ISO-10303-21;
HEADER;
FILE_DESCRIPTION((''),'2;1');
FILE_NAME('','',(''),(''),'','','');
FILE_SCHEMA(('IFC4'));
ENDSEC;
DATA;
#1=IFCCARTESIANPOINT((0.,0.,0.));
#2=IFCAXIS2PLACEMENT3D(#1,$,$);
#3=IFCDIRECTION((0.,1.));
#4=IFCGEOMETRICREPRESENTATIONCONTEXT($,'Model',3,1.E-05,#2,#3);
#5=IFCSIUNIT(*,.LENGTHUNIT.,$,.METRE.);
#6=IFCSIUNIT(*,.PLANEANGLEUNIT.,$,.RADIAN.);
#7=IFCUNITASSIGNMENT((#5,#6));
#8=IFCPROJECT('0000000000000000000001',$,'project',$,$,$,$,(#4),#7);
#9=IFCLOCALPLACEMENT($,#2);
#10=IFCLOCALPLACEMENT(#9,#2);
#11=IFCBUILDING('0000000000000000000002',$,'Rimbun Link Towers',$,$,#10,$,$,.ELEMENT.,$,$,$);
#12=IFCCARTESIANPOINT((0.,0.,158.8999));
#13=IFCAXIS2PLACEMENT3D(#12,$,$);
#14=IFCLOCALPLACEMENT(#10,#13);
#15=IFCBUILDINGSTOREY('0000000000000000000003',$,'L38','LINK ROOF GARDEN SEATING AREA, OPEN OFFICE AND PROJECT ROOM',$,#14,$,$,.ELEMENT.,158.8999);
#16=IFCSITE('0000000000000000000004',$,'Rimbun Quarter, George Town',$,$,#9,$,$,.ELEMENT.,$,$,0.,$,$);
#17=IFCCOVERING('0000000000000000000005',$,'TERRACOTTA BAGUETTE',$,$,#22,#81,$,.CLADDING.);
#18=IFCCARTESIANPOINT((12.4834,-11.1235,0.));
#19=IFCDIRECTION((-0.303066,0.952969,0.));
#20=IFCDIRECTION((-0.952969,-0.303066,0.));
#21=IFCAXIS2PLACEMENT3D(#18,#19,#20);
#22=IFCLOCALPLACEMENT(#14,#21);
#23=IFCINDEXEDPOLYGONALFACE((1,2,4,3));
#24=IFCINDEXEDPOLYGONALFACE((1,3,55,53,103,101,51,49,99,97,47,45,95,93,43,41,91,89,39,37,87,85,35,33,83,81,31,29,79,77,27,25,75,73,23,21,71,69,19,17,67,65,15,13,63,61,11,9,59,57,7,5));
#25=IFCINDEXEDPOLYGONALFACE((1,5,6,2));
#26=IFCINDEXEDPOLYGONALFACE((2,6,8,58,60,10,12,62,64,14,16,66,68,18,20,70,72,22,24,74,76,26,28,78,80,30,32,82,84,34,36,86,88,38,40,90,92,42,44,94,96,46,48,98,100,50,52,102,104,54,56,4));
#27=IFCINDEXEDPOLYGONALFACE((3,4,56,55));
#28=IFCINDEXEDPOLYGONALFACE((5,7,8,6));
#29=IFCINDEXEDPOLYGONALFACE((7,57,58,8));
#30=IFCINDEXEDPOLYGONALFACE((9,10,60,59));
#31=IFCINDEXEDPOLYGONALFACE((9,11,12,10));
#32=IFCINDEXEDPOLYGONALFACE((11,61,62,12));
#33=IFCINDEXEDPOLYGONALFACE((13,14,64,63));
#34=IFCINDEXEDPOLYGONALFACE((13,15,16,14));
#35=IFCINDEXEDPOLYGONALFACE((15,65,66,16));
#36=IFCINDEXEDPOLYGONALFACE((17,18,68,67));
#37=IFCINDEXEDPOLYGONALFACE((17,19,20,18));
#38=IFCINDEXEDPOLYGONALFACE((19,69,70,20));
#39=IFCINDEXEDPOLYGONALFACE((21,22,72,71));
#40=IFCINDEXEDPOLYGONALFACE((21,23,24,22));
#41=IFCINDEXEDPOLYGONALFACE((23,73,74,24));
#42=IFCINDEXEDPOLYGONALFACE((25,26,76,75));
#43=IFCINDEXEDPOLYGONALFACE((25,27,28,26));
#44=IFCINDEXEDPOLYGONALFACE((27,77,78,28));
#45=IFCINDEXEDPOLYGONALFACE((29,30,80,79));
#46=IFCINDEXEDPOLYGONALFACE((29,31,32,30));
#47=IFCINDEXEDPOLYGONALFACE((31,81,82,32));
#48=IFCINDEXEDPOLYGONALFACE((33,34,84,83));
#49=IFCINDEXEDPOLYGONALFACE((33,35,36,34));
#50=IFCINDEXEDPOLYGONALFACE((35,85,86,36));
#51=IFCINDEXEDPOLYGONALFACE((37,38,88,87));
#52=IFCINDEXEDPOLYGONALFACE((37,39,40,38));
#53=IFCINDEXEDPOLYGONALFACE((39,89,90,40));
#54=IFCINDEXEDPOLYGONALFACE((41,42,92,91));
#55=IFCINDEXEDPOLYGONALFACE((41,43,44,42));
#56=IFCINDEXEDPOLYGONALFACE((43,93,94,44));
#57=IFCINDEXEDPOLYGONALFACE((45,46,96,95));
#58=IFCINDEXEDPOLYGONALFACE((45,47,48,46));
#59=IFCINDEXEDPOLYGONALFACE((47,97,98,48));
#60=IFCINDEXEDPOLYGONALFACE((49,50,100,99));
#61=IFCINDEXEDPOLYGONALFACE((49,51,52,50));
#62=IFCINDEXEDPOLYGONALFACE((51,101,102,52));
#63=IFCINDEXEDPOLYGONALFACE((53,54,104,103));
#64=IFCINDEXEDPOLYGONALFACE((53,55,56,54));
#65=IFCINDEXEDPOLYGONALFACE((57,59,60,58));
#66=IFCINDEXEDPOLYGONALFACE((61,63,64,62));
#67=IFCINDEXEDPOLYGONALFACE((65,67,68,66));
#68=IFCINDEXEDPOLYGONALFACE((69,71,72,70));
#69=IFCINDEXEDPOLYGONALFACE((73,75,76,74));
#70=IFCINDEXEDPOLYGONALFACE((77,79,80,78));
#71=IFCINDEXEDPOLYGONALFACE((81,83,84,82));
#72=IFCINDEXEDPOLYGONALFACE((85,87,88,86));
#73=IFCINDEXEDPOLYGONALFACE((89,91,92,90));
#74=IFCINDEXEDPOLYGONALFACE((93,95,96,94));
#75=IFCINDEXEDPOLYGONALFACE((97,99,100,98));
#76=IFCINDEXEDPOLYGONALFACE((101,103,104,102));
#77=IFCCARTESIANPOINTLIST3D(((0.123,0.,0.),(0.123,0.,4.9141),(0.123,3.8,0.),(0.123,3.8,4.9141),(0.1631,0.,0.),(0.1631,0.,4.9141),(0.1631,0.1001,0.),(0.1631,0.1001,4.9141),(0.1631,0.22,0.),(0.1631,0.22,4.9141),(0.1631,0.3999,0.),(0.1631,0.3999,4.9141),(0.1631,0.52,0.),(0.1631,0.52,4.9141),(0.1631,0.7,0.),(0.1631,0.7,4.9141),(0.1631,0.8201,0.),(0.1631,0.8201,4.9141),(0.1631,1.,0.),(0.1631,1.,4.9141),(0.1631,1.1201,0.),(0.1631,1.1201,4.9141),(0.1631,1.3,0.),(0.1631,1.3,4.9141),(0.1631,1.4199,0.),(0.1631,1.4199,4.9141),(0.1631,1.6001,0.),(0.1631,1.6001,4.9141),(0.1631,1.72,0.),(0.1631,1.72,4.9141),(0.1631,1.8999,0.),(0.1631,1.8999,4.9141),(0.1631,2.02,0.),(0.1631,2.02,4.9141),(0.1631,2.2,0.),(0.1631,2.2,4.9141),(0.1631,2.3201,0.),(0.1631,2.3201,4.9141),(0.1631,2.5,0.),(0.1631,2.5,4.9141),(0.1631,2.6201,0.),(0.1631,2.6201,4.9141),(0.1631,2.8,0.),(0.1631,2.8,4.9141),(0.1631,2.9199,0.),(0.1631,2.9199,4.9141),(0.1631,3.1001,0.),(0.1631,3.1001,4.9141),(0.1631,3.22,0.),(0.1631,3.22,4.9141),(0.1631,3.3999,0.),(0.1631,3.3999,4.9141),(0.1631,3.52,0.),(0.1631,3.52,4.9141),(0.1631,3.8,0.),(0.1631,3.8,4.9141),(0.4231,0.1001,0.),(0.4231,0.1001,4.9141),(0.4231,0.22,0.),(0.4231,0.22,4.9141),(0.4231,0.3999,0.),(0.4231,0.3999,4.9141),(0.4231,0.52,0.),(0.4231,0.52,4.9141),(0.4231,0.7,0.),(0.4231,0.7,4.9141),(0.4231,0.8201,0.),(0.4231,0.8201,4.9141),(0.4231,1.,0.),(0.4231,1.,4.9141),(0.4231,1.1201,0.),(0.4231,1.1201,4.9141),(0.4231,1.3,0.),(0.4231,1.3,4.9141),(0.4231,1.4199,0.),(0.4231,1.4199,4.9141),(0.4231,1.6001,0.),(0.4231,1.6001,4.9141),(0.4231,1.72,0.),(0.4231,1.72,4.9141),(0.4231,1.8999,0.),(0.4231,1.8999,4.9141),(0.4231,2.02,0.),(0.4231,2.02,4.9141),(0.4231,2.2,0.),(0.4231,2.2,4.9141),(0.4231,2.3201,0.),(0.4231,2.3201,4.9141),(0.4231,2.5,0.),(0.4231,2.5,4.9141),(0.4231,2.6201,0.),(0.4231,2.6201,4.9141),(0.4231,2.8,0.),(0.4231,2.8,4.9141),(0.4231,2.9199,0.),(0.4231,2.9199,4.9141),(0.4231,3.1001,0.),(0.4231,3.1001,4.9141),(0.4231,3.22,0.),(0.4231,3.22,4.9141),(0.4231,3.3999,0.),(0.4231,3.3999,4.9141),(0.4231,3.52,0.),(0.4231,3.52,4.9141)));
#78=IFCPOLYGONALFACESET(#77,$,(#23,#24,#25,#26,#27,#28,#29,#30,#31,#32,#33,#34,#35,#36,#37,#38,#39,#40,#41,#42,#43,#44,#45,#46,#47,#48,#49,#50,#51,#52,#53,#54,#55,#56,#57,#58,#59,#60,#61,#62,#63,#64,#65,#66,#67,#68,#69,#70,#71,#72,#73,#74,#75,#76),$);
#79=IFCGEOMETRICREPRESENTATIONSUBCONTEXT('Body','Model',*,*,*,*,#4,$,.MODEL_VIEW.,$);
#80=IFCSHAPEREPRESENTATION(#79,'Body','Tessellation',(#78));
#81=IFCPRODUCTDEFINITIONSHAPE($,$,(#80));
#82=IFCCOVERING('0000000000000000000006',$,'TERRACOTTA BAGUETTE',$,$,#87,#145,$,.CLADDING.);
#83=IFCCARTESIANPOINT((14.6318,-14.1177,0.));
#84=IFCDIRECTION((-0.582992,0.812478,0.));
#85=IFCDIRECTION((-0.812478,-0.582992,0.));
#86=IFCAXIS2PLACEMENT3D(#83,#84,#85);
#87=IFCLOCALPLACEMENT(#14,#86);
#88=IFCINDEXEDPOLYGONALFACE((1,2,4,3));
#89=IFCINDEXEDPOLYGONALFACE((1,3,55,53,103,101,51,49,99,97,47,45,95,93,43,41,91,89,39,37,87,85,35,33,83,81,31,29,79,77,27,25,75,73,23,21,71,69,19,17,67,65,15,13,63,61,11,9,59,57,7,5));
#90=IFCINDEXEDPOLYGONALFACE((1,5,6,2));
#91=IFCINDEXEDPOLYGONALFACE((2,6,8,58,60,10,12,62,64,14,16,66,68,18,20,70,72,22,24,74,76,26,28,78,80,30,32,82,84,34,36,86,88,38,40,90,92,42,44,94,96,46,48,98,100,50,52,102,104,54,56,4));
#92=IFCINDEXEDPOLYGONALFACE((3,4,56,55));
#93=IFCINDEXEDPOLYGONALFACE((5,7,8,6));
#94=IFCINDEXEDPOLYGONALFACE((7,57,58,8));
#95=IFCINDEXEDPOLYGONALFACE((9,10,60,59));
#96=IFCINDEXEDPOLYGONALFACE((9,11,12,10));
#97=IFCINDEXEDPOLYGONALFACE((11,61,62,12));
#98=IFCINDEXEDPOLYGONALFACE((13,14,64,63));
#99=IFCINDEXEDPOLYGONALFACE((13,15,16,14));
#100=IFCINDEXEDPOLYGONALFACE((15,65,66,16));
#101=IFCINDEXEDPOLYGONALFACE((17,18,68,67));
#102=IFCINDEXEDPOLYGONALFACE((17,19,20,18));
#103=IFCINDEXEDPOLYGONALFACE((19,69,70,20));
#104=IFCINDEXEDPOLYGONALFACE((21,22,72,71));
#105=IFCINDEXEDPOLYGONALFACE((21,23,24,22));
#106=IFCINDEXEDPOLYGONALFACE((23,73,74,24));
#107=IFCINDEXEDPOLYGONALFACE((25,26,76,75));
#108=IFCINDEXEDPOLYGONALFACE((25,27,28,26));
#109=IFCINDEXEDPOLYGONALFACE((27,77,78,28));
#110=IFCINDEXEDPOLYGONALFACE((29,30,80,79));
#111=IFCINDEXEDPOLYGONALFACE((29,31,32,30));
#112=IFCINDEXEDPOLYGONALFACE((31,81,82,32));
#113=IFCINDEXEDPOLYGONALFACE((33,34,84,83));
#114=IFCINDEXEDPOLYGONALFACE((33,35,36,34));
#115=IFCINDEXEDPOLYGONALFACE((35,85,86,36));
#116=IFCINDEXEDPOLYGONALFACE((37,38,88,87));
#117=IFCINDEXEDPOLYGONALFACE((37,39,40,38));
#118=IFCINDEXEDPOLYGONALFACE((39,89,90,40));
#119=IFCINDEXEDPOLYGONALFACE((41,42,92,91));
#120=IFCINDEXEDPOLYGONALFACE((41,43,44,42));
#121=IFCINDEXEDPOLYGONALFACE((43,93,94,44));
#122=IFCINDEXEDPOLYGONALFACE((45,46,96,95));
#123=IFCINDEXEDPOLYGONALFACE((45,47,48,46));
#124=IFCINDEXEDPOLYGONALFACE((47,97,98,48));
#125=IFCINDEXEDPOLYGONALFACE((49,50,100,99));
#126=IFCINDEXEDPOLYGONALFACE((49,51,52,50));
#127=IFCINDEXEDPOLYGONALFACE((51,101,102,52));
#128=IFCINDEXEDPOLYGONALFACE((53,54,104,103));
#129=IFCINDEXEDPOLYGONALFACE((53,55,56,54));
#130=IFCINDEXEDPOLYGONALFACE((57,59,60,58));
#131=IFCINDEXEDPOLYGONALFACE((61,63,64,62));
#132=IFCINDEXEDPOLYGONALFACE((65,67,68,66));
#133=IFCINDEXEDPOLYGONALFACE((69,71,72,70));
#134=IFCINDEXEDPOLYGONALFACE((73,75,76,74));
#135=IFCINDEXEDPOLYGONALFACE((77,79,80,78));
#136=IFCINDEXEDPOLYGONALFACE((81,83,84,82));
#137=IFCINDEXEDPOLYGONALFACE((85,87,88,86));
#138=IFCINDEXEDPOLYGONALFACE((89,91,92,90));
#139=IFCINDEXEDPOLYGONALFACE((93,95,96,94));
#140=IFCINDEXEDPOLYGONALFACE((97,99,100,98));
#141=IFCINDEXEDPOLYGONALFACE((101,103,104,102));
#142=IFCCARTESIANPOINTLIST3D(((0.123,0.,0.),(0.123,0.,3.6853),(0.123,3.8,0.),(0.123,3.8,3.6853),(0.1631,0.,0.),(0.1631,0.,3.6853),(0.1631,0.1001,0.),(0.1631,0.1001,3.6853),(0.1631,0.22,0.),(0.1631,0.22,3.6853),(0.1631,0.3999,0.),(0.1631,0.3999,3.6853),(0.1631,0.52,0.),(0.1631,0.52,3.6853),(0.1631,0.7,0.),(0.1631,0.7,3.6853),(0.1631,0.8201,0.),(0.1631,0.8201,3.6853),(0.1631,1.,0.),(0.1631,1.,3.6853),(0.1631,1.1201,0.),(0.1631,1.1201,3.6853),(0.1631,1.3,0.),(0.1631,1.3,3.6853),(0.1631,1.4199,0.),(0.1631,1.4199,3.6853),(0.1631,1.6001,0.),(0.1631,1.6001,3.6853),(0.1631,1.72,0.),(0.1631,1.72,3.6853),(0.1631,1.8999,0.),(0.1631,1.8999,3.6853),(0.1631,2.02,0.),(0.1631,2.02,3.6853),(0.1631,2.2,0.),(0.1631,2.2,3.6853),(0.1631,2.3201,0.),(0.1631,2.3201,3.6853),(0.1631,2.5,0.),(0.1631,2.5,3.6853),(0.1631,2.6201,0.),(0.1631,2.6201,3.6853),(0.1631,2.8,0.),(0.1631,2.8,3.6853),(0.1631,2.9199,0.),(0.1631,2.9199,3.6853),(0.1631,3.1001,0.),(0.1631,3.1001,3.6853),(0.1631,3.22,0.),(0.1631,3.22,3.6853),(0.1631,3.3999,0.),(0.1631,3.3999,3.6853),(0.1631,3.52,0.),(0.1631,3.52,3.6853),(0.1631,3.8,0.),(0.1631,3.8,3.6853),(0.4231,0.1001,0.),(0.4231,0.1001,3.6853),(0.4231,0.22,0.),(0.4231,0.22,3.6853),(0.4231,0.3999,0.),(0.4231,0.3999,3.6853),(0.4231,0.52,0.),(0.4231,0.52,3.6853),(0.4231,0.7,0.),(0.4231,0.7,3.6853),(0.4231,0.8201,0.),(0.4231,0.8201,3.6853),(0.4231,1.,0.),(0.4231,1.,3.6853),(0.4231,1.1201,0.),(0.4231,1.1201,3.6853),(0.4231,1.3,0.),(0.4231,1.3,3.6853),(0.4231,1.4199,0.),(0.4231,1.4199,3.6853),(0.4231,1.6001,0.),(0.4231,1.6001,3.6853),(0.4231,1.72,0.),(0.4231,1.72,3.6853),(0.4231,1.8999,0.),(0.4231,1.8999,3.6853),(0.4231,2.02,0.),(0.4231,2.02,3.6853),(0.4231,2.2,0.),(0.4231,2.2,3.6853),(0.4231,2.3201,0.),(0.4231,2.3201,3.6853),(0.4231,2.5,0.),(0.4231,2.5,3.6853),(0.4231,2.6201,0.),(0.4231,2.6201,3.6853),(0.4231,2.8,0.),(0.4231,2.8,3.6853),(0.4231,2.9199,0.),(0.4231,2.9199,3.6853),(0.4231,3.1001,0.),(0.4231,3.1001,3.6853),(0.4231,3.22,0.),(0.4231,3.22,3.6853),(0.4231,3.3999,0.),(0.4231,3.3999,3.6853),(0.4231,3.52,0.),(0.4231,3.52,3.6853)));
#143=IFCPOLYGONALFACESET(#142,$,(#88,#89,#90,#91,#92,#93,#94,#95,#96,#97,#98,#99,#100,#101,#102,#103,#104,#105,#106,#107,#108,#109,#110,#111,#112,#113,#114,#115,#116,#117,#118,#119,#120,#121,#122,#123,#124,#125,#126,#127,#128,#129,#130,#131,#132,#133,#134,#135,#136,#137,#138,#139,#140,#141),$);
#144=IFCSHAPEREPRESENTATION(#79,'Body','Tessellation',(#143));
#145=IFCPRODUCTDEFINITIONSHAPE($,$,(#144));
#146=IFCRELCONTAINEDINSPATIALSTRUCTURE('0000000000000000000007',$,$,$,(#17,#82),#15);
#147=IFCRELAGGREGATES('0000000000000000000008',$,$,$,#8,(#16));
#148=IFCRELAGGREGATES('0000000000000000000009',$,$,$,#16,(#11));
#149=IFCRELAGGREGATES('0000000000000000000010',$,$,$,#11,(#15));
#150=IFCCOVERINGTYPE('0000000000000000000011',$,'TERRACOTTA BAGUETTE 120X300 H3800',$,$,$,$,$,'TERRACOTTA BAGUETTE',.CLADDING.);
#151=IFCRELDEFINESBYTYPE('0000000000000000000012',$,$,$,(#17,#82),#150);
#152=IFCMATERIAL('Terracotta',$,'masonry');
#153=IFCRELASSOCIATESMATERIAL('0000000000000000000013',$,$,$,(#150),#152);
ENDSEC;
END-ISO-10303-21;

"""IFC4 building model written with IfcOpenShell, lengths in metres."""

from ifc_helpers import new_model, si_unit, direction, frame, origin, place, context, subcontext, project, spatial, polyline, outline, extrude, material, material_profile, profile_set, type_object, element, save


model = new_model("IFC4")

# Units and contexts
model_context = context("Model", 3, precision=1e-05, world=origin(), true_north=direction((0.0, 1.0)))
body_context = subcontext(model_context, "Body", "Model", "MODEL_VIEW")
ifc_project = project(units=[si_unit("LENGTHUNIT", "METRE"), si_unit("PLANEANGLEUNIT", "RADIAN")], contexts=[model_context])

# Site, building, storey
site_placement = place(None, origin())
site = spatial("IfcSite", under=ifc_project, at=site_placement, Name="Rimbun Quarter, George Town", CompositionType="ELEMENT", RefElevation=0.0)
building_placement = place(site_placement, origin())
building = spatial("IfcBuilding", under=site, at=building_placement, Name="Rimbun Link Towers", CompositionType="ELEMENT")
storey_placement = place(building_placement, frame((0.0, 0.0, 158.8999)))
storey = spatial("IfcBuildingStorey", under=building, at=storey_placement, Name="L38", Description="LINK ROOF GARDEN SEATING AREA, OPEN OFFICE AND PROJECT ROOM", CompositionType="ELEMENT", Elevation=158.8999)

# Coverings
ifc_material_1 = material(Name="Terracotta", Category="masonry")
ifc_material_profile_1 = material_profile(ifc_material_1, outline(polyline([(0.123, 0.0), (0.1631, 0.0), (0.1631, 0.1001), (0.4231, 0.1001), (0.4231, 0.22), (0.1631, 0.22), (0.1631, 0.3999), (0.4231, 0.3999), (0.4231, 0.52), (0.1631, 0.52), (0.1631, 0.7), (0.4231, 0.7), (0.4231, 0.8201), (0.1631, 0.8201), (0.1631, 1.0), (0.4231, 1.0), (0.4231, 1.1201), (0.1631, 1.1201), (0.1631, 1.3), (0.4231, 1.3), (0.4231, 1.4199), (0.1631, 1.4199), (0.1631, 1.6001), (0.4231, 1.6001), (0.4231, 1.72), (0.1631, 1.72), (0.1631, 1.8999), (0.4231, 1.8999), (0.4231, 2.02), (0.1631, 2.02), (0.1631, 2.2), (0.4231, 2.2), (0.4231, 2.3201), (0.1631, 2.3201), (0.1631, 2.5), (0.4231, 2.5), (0.4231, 2.6201), (0.1631, 2.6201), (0.1631, 2.8), (0.4231, 2.8), (0.4231, 2.9199), (0.1631, 2.9199), (0.1631, 3.1001), (0.4231, 3.1001), (0.4231, 3.22), (0.1631, 3.22), (0.1631, 3.3999), (0.4231, 3.3999), (0.4231, 3.52), (0.1631, 3.52), (0.1631, 3.8), (0.123, 3.8), (0.123, 0.0)])), Name="BAGUETTE 120X300")
ifc_profile_set_1 = profile_set([ifc_material_profile_1], Name="Terracotta")
covering_type = type_object("IfcCoveringType", Name="TERRACOTTA BAGUETTE 120X300 H3800", ElementType="TERRACOTTA BAGUETTE", PredefinedType="CLADDING", material=ifc_profile_set_1)
covering_1_placement = place(storey_placement, frame((12.4834, -11.1235, 0.0), z_axis=(-0.303066, 0.952969, 0.0), x_axis=(-0.952969, -0.303066, 0.0)))
element("IfcCovering", 1, at=covering_1_placement, inside=storey, type_object=covering_type, Name="TERRACOTTA BAGUETTE", PredefinedType="CLADDING", context=body_context, shape_type="SweptSolid", body=[
    extrude(outline(polyline([(0.123, 0.0), (0.1631, 0.0), (0.1631, 0.1001), (0.4231, 0.1001), (0.4231, 0.22), (0.1631, 0.22), (0.1631, 0.3999), (0.4231, 0.3999), (0.4231, 0.52), (0.1631, 0.52), (0.1631, 0.7), (0.4231, 0.7), (0.4231, 0.8201), (0.1631, 0.8201), (0.1631, 1.0), (0.4231, 1.0), (0.4231, 1.1201), (0.1631, 1.1201), (0.1631, 1.3), (0.4231, 1.3), (0.4231, 1.4199), (0.1631, 1.4199), (0.1631, 1.6001), (0.4231, 1.6001), (0.4231, 1.72), (0.1631, 1.72), (0.1631, 1.8999), (0.4231, 1.8999), (0.4231, 2.02), (0.1631, 2.02), (0.1631, 2.2), (0.4231, 2.2), (0.4231, 2.3201), (0.1631, 2.3201), (0.1631, 2.5), (0.4231, 2.5), (0.4231, 2.6201), (0.1631, 2.6201), (0.1631, 2.8), (0.4231, 2.8), (0.4231, 2.9199), (0.1631, 2.9199), (0.1631, 3.1001), (0.4231, 3.1001), (0.4231, 3.22), (0.1631, 3.22), (0.1631, 3.3999), (0.4231, 3.3999), (0.4231, 3.52), (0.1631, 3.52), (0.1631, 3.8), (0.123, 3.8), (0.123, 0.0)])), origin(), (0.0, 0.0, 1.0), 4.9141),
])
covering_2_placement = place(storey_placement, frame((14.6318, -14.1177, 0.0), z_axis=(-0.582992, 0.812478, 0.0), x_axis=(-0.812478, -0.582992, 0.0)))
element("IfcCovering", 2, at=covering_2_placement, inside=storey, type_object=covering_type, Name="TERRACOTTA BAGUETTE", PredefinedType="CLADDING", context=body_context, shape_type="SweptSolid", body=[
    extrude(outline(polyline([(0.123, 0.0), (0.1631, 0.0), (0.1631, 0.1001), (0.4231, 0.1001), (0.4231, 0.22), (0.1631, 0.22), (0.1631, 0.3999), (0.4231, 0.3999), (0.4231, 0.52), (0.1631, 0.52), (0.1631, 0.7), (0.4231, 0.7), (0.4231, 0.8201), (0.1631, 0.8201), (0.1631, 1.0), (0.4231, 1.0), (0.4231, 1.1201), (0.1631, 1.1201), (0.1631, 1.3), (0.4231, 1.3), (0.4231, 1.4199), (0.1631, 1.4199), (0.1631, 1.6001), (0.4231, 1.6001), (0.4231, 1.72), (0.1631, 1.72), (0.1631, 1.8999), (0.4231, 1.8999), (0.4231, 2.02), (0.1631, 2.02), (0.1631, 2.2), (0.4231, 2.2), (0.4231, 2.3201), (0.1631, 2.3201), (0.1631, 2.5), (0.4231, 2.5), (0.4231, 2.6201), (0.1631, 2.6201), (0.1631, 2.8), (0.4231, 2.8), (0.4231, 2.9199), (0.1631, 2.9199), (0.1631, 3.1001), (0.4231, 3.1001), (0.4231, 3.22), (0.1631, 3.22), (0.1631, 3.3999), (0.4231, 3.3999), (0.4231, 3.52), (0.1631, 3.52), (0.1631, 3.8), (0.123, 3.8), (0.123, 0.0)])), origin(), (0.0, 0.0, 1.0), 3.6853),
])

save(model, "model.ifc")
